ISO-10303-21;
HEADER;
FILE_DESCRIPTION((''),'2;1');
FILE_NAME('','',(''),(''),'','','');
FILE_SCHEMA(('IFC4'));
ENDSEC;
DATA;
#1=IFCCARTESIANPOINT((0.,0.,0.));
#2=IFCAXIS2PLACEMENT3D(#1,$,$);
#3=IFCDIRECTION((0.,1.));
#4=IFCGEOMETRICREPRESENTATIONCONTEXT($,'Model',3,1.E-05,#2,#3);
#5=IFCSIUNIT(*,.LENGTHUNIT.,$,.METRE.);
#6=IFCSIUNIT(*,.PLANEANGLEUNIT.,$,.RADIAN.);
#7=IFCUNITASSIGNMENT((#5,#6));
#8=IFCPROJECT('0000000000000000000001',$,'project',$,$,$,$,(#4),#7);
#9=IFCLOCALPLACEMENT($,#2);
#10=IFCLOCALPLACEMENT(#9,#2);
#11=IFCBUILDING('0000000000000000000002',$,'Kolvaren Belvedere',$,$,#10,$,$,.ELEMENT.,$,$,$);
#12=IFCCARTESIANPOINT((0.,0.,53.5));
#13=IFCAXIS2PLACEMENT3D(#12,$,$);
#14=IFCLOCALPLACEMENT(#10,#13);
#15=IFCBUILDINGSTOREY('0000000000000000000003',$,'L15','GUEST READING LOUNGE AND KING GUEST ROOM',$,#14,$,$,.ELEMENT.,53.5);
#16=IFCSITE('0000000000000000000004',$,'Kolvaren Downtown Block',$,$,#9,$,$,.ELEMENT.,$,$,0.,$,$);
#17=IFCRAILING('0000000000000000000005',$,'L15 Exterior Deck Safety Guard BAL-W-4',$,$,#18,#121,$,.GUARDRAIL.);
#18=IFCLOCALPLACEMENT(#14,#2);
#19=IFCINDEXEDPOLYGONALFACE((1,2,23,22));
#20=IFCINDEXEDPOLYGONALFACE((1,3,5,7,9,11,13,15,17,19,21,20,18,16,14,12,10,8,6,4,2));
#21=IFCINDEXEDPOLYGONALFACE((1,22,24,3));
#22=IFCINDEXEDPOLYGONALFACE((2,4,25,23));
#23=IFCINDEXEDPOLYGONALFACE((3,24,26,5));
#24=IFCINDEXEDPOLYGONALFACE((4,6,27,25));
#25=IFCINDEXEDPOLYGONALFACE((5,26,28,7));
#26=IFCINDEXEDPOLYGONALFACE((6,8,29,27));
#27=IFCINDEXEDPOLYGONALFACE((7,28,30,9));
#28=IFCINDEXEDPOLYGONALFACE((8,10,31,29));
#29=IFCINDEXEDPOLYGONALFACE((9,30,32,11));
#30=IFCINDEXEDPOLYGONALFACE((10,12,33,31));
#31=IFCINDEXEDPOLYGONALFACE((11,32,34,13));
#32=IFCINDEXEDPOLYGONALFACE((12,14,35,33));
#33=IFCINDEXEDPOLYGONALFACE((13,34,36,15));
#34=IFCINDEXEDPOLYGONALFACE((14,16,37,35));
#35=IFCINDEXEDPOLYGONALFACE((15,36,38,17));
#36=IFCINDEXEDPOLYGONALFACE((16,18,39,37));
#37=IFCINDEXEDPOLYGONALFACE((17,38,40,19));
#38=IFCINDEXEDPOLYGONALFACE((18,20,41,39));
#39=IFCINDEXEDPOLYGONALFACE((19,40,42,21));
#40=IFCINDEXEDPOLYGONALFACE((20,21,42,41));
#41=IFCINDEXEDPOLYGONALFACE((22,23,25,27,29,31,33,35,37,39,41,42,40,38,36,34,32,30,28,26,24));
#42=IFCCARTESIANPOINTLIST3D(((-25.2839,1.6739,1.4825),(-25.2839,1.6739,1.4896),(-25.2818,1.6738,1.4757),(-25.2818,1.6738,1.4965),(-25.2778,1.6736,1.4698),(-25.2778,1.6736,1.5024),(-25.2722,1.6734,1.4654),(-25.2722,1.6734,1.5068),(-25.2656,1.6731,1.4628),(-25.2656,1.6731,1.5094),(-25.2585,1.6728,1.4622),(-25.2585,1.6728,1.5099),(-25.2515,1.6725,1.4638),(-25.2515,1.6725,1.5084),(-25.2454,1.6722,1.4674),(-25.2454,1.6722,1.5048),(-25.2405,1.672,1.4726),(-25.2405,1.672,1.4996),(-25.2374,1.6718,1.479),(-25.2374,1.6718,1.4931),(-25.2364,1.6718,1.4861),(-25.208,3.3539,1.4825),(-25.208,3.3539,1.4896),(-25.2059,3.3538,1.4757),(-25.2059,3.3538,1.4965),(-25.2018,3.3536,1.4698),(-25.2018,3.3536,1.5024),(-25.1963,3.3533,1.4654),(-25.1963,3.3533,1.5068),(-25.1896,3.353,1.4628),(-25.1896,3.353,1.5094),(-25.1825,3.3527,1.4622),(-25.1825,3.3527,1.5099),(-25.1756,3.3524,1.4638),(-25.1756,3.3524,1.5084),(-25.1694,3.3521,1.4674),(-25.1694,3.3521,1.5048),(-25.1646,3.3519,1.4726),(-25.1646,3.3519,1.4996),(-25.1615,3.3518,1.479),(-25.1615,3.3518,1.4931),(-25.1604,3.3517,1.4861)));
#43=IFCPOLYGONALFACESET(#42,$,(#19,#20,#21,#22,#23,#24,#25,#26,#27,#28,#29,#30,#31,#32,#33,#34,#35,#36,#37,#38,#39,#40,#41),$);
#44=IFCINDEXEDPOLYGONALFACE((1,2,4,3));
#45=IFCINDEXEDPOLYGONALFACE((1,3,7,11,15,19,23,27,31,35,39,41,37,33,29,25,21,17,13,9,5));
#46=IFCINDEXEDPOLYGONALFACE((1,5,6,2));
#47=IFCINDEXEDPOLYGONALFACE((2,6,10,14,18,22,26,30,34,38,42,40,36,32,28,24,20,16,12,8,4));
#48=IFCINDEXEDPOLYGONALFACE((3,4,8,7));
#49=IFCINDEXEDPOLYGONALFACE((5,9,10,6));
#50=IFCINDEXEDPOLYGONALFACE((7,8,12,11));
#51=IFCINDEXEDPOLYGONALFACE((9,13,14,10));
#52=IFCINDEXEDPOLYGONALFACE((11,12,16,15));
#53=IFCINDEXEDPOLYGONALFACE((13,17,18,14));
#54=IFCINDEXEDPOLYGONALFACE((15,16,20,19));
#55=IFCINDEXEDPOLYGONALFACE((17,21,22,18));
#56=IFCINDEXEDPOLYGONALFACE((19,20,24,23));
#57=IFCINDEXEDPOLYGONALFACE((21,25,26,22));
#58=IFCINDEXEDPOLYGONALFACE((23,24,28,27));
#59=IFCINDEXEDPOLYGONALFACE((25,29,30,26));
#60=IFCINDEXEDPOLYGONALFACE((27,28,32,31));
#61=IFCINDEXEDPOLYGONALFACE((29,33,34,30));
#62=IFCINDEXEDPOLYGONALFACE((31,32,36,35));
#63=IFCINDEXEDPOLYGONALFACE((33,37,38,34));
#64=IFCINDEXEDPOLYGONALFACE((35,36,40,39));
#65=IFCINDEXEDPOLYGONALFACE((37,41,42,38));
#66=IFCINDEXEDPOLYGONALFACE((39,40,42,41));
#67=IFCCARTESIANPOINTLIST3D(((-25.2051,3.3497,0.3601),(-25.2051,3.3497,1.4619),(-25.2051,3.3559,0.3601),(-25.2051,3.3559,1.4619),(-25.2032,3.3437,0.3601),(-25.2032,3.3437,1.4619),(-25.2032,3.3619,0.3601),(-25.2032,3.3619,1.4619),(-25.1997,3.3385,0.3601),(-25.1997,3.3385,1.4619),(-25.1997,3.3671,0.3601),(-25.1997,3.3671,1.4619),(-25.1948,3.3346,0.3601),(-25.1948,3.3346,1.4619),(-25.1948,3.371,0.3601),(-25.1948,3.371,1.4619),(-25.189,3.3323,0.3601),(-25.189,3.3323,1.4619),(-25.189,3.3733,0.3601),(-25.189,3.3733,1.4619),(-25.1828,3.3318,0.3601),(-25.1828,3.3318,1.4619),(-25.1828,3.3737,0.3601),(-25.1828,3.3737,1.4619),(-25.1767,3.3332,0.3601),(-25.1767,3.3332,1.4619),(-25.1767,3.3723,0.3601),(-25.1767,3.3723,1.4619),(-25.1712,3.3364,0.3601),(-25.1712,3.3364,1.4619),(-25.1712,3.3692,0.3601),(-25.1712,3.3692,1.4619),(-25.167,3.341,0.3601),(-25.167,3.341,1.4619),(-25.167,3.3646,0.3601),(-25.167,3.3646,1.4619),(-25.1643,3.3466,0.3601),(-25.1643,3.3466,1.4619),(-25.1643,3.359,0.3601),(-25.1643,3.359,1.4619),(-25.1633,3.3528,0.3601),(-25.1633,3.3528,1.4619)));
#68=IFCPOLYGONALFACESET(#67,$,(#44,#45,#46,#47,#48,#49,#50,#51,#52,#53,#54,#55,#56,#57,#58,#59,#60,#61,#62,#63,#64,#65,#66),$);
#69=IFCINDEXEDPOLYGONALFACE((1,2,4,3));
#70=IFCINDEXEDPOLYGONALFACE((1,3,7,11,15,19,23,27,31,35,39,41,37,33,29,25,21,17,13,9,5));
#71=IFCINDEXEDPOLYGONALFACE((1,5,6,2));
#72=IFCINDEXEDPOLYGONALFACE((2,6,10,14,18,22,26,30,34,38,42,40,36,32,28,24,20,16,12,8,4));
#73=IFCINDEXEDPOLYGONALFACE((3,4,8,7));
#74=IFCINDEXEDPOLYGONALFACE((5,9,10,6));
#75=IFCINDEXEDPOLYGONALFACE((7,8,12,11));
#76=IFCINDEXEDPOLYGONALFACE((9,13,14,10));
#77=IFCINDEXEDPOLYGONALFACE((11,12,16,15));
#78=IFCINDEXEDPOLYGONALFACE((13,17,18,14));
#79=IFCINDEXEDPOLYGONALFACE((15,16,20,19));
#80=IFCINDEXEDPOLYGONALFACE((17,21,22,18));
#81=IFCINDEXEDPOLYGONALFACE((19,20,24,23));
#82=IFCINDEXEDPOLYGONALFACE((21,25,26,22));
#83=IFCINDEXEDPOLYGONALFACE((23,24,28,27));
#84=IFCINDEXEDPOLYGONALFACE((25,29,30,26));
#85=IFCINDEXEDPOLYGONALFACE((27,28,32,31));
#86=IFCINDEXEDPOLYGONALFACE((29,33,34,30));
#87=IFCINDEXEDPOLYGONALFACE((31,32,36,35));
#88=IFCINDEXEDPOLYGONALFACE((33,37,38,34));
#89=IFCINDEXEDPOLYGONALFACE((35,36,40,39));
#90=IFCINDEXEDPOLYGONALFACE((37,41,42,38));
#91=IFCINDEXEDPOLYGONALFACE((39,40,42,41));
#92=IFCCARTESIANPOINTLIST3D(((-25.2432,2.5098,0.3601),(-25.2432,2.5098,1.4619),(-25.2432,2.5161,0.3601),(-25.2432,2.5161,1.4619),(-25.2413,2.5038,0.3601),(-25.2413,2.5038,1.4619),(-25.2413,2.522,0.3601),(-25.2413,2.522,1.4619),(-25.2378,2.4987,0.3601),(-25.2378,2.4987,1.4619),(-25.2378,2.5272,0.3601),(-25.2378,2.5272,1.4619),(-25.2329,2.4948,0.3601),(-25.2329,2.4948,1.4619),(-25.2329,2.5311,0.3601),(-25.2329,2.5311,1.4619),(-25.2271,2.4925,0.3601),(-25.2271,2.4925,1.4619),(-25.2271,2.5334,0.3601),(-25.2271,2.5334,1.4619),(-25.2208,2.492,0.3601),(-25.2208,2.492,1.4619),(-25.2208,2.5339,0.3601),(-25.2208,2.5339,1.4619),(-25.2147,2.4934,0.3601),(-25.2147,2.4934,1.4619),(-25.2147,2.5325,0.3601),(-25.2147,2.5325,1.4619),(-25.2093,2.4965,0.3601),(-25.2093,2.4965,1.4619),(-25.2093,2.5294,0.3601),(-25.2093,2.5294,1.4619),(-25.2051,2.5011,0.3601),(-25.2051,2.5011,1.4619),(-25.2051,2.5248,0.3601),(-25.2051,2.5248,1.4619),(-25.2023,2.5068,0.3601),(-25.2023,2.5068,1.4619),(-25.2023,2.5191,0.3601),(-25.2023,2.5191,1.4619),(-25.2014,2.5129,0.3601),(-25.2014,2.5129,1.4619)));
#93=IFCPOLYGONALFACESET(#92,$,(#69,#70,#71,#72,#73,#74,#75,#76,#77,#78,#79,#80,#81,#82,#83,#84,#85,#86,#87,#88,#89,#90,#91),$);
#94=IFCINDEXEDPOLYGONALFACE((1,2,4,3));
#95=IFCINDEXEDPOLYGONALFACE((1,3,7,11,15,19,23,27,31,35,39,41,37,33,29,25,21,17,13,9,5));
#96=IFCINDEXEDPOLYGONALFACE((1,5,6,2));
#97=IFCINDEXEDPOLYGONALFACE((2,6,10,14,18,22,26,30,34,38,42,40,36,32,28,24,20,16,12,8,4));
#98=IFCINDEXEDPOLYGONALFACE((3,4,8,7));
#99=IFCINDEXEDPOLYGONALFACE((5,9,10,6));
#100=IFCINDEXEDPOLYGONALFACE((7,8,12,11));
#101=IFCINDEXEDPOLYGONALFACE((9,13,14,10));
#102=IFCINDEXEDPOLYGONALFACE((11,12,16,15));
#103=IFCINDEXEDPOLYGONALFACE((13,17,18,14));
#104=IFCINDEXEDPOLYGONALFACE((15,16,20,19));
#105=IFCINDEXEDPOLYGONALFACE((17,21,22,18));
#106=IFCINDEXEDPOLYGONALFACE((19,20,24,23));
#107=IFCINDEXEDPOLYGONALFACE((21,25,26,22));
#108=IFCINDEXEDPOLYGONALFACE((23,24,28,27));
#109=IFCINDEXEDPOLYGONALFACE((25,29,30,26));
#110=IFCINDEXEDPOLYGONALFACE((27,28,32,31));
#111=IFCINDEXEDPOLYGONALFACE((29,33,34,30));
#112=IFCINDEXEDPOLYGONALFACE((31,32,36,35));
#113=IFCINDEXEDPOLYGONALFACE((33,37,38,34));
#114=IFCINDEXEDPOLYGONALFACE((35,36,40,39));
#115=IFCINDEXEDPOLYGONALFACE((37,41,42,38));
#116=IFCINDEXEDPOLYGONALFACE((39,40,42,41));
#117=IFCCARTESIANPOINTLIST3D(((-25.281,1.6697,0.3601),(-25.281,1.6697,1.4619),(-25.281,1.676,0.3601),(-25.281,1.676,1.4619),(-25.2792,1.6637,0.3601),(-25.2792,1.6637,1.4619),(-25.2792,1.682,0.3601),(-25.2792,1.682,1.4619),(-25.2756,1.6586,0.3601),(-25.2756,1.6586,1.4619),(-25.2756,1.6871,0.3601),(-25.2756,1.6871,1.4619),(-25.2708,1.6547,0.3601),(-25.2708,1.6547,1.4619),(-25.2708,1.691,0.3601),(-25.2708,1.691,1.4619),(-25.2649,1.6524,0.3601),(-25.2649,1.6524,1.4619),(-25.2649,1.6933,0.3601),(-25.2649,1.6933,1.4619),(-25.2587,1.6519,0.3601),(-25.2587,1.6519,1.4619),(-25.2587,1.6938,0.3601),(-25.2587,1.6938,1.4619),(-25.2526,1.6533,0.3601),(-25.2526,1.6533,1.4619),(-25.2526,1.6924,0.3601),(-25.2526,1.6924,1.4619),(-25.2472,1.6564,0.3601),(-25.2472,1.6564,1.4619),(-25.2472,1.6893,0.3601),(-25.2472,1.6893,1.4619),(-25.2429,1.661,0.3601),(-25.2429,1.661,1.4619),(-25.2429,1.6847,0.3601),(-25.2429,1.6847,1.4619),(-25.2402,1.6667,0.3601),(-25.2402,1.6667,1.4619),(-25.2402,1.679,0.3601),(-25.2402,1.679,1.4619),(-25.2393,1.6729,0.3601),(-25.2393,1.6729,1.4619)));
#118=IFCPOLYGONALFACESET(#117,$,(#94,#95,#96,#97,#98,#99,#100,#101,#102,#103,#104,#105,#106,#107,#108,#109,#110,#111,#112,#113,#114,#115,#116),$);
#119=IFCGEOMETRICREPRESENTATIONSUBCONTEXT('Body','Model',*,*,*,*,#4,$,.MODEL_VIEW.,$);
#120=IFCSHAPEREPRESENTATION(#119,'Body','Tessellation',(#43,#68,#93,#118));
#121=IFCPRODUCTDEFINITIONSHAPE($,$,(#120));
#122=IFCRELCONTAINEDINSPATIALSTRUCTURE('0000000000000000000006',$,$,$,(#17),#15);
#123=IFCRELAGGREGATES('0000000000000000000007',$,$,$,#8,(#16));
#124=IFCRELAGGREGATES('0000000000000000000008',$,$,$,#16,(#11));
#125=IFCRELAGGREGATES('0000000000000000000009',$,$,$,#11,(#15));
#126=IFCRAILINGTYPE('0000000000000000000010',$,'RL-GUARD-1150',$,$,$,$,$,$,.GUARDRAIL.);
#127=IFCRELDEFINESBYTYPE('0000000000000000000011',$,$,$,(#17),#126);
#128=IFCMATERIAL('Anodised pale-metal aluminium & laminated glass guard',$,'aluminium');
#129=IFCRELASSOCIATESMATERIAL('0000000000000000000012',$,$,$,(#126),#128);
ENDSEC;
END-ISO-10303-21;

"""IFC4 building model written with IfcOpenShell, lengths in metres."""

from ifc_helpers import new_model, si_unit, direction, frame, origin, origin_2d, place, context, subcontext, project, spatial, circle, extrude, material, type_object, element, save


model = new_model("IFC4")

# Units and contexts
model_context = context("Model", 3, precision=1e-05, world=origin(), true_north=direction((0.0, 1.0)))
body_context = subcontext(model_context, "Body", "Model", "MODEL_VIEW")
ifc_project = project(units=[si_unit("LENGTHUNIT", "METRE"), si_unit("PLANEANGLEUNIT", "RADIAN")], contexts=[model_context])

# Site, building, storey
site_placement = place(None, origin())
site = spatial("IfcSite", under=ifc_project, at=site_placement, Name="Kolvaren Downtown Block", CompositionType="ELEMENT", RefElevation=0.0)
building_placement = place(site_placement, origin())
building = spatial("IfcBuilding", under=site, at=building_placement, Name="Kolvaren Belvedere", CompositionType="ELEMENT")
storey_placement = place(building_placement, frame((0.0, 0.0, 53.5)))
storey = spatial("IfcBuildingStorey", under=building, at=storey_placement, Name="L15", Description="GUEST READING LOUNGE AND KING GUEST ROOM", CompositionType="ELEMENT", Elevation=53.5)

# Railing
ifc_material_1 = material(Name="Anodised pale-metal aluminium & laminated glass guard", Category="aluminium")
railing_type = type_object("IfcRailingType", Name="RL-GUARD-1150", PredefinedType="GUARDRAIL", material=ifc_material_1)
railing_1_placement = place(storey_placement, frame((-25.1843, 3.3528, 0.3601)))
element("IfcRailing", 1, at=railing_1_placement, inside=storey, type_object=railing_type, Name="L15 Exterior Deck Safety Guard BAL-W-4", PredefinedType="GUARDRAIL", context=body_context, shape_type="SweptSolid", body=[
    extrude(circle(Radius=0.0239, at=origin_2d()), frame((0.0, 0.0, 1.126), z_axis=(-0.045151, -0.99898, 0.0), x_axis=(0.99898, -0.045151, 0.0)), (0.0, 0.0, 1.0), 1.6816),
    extrude(circle(Radius=0.021, at=origin_2d()), origin(), (0.0, 0.0, 1.0), 1.1018),
    extrude(circle(Radius=0.021, at=origin_2d()), frame((-0.0381, -0.8398, 0.0)), (0.0, 0.0, 1.0), 1.1018),
    extrude(circle(Radius=0.021, at=origin_2d()), frame((-0.0759, -1.6799, 0.0)), (0.0, 0.0, 1.0), 1.1018),
])

save(model, "model.ifc")
